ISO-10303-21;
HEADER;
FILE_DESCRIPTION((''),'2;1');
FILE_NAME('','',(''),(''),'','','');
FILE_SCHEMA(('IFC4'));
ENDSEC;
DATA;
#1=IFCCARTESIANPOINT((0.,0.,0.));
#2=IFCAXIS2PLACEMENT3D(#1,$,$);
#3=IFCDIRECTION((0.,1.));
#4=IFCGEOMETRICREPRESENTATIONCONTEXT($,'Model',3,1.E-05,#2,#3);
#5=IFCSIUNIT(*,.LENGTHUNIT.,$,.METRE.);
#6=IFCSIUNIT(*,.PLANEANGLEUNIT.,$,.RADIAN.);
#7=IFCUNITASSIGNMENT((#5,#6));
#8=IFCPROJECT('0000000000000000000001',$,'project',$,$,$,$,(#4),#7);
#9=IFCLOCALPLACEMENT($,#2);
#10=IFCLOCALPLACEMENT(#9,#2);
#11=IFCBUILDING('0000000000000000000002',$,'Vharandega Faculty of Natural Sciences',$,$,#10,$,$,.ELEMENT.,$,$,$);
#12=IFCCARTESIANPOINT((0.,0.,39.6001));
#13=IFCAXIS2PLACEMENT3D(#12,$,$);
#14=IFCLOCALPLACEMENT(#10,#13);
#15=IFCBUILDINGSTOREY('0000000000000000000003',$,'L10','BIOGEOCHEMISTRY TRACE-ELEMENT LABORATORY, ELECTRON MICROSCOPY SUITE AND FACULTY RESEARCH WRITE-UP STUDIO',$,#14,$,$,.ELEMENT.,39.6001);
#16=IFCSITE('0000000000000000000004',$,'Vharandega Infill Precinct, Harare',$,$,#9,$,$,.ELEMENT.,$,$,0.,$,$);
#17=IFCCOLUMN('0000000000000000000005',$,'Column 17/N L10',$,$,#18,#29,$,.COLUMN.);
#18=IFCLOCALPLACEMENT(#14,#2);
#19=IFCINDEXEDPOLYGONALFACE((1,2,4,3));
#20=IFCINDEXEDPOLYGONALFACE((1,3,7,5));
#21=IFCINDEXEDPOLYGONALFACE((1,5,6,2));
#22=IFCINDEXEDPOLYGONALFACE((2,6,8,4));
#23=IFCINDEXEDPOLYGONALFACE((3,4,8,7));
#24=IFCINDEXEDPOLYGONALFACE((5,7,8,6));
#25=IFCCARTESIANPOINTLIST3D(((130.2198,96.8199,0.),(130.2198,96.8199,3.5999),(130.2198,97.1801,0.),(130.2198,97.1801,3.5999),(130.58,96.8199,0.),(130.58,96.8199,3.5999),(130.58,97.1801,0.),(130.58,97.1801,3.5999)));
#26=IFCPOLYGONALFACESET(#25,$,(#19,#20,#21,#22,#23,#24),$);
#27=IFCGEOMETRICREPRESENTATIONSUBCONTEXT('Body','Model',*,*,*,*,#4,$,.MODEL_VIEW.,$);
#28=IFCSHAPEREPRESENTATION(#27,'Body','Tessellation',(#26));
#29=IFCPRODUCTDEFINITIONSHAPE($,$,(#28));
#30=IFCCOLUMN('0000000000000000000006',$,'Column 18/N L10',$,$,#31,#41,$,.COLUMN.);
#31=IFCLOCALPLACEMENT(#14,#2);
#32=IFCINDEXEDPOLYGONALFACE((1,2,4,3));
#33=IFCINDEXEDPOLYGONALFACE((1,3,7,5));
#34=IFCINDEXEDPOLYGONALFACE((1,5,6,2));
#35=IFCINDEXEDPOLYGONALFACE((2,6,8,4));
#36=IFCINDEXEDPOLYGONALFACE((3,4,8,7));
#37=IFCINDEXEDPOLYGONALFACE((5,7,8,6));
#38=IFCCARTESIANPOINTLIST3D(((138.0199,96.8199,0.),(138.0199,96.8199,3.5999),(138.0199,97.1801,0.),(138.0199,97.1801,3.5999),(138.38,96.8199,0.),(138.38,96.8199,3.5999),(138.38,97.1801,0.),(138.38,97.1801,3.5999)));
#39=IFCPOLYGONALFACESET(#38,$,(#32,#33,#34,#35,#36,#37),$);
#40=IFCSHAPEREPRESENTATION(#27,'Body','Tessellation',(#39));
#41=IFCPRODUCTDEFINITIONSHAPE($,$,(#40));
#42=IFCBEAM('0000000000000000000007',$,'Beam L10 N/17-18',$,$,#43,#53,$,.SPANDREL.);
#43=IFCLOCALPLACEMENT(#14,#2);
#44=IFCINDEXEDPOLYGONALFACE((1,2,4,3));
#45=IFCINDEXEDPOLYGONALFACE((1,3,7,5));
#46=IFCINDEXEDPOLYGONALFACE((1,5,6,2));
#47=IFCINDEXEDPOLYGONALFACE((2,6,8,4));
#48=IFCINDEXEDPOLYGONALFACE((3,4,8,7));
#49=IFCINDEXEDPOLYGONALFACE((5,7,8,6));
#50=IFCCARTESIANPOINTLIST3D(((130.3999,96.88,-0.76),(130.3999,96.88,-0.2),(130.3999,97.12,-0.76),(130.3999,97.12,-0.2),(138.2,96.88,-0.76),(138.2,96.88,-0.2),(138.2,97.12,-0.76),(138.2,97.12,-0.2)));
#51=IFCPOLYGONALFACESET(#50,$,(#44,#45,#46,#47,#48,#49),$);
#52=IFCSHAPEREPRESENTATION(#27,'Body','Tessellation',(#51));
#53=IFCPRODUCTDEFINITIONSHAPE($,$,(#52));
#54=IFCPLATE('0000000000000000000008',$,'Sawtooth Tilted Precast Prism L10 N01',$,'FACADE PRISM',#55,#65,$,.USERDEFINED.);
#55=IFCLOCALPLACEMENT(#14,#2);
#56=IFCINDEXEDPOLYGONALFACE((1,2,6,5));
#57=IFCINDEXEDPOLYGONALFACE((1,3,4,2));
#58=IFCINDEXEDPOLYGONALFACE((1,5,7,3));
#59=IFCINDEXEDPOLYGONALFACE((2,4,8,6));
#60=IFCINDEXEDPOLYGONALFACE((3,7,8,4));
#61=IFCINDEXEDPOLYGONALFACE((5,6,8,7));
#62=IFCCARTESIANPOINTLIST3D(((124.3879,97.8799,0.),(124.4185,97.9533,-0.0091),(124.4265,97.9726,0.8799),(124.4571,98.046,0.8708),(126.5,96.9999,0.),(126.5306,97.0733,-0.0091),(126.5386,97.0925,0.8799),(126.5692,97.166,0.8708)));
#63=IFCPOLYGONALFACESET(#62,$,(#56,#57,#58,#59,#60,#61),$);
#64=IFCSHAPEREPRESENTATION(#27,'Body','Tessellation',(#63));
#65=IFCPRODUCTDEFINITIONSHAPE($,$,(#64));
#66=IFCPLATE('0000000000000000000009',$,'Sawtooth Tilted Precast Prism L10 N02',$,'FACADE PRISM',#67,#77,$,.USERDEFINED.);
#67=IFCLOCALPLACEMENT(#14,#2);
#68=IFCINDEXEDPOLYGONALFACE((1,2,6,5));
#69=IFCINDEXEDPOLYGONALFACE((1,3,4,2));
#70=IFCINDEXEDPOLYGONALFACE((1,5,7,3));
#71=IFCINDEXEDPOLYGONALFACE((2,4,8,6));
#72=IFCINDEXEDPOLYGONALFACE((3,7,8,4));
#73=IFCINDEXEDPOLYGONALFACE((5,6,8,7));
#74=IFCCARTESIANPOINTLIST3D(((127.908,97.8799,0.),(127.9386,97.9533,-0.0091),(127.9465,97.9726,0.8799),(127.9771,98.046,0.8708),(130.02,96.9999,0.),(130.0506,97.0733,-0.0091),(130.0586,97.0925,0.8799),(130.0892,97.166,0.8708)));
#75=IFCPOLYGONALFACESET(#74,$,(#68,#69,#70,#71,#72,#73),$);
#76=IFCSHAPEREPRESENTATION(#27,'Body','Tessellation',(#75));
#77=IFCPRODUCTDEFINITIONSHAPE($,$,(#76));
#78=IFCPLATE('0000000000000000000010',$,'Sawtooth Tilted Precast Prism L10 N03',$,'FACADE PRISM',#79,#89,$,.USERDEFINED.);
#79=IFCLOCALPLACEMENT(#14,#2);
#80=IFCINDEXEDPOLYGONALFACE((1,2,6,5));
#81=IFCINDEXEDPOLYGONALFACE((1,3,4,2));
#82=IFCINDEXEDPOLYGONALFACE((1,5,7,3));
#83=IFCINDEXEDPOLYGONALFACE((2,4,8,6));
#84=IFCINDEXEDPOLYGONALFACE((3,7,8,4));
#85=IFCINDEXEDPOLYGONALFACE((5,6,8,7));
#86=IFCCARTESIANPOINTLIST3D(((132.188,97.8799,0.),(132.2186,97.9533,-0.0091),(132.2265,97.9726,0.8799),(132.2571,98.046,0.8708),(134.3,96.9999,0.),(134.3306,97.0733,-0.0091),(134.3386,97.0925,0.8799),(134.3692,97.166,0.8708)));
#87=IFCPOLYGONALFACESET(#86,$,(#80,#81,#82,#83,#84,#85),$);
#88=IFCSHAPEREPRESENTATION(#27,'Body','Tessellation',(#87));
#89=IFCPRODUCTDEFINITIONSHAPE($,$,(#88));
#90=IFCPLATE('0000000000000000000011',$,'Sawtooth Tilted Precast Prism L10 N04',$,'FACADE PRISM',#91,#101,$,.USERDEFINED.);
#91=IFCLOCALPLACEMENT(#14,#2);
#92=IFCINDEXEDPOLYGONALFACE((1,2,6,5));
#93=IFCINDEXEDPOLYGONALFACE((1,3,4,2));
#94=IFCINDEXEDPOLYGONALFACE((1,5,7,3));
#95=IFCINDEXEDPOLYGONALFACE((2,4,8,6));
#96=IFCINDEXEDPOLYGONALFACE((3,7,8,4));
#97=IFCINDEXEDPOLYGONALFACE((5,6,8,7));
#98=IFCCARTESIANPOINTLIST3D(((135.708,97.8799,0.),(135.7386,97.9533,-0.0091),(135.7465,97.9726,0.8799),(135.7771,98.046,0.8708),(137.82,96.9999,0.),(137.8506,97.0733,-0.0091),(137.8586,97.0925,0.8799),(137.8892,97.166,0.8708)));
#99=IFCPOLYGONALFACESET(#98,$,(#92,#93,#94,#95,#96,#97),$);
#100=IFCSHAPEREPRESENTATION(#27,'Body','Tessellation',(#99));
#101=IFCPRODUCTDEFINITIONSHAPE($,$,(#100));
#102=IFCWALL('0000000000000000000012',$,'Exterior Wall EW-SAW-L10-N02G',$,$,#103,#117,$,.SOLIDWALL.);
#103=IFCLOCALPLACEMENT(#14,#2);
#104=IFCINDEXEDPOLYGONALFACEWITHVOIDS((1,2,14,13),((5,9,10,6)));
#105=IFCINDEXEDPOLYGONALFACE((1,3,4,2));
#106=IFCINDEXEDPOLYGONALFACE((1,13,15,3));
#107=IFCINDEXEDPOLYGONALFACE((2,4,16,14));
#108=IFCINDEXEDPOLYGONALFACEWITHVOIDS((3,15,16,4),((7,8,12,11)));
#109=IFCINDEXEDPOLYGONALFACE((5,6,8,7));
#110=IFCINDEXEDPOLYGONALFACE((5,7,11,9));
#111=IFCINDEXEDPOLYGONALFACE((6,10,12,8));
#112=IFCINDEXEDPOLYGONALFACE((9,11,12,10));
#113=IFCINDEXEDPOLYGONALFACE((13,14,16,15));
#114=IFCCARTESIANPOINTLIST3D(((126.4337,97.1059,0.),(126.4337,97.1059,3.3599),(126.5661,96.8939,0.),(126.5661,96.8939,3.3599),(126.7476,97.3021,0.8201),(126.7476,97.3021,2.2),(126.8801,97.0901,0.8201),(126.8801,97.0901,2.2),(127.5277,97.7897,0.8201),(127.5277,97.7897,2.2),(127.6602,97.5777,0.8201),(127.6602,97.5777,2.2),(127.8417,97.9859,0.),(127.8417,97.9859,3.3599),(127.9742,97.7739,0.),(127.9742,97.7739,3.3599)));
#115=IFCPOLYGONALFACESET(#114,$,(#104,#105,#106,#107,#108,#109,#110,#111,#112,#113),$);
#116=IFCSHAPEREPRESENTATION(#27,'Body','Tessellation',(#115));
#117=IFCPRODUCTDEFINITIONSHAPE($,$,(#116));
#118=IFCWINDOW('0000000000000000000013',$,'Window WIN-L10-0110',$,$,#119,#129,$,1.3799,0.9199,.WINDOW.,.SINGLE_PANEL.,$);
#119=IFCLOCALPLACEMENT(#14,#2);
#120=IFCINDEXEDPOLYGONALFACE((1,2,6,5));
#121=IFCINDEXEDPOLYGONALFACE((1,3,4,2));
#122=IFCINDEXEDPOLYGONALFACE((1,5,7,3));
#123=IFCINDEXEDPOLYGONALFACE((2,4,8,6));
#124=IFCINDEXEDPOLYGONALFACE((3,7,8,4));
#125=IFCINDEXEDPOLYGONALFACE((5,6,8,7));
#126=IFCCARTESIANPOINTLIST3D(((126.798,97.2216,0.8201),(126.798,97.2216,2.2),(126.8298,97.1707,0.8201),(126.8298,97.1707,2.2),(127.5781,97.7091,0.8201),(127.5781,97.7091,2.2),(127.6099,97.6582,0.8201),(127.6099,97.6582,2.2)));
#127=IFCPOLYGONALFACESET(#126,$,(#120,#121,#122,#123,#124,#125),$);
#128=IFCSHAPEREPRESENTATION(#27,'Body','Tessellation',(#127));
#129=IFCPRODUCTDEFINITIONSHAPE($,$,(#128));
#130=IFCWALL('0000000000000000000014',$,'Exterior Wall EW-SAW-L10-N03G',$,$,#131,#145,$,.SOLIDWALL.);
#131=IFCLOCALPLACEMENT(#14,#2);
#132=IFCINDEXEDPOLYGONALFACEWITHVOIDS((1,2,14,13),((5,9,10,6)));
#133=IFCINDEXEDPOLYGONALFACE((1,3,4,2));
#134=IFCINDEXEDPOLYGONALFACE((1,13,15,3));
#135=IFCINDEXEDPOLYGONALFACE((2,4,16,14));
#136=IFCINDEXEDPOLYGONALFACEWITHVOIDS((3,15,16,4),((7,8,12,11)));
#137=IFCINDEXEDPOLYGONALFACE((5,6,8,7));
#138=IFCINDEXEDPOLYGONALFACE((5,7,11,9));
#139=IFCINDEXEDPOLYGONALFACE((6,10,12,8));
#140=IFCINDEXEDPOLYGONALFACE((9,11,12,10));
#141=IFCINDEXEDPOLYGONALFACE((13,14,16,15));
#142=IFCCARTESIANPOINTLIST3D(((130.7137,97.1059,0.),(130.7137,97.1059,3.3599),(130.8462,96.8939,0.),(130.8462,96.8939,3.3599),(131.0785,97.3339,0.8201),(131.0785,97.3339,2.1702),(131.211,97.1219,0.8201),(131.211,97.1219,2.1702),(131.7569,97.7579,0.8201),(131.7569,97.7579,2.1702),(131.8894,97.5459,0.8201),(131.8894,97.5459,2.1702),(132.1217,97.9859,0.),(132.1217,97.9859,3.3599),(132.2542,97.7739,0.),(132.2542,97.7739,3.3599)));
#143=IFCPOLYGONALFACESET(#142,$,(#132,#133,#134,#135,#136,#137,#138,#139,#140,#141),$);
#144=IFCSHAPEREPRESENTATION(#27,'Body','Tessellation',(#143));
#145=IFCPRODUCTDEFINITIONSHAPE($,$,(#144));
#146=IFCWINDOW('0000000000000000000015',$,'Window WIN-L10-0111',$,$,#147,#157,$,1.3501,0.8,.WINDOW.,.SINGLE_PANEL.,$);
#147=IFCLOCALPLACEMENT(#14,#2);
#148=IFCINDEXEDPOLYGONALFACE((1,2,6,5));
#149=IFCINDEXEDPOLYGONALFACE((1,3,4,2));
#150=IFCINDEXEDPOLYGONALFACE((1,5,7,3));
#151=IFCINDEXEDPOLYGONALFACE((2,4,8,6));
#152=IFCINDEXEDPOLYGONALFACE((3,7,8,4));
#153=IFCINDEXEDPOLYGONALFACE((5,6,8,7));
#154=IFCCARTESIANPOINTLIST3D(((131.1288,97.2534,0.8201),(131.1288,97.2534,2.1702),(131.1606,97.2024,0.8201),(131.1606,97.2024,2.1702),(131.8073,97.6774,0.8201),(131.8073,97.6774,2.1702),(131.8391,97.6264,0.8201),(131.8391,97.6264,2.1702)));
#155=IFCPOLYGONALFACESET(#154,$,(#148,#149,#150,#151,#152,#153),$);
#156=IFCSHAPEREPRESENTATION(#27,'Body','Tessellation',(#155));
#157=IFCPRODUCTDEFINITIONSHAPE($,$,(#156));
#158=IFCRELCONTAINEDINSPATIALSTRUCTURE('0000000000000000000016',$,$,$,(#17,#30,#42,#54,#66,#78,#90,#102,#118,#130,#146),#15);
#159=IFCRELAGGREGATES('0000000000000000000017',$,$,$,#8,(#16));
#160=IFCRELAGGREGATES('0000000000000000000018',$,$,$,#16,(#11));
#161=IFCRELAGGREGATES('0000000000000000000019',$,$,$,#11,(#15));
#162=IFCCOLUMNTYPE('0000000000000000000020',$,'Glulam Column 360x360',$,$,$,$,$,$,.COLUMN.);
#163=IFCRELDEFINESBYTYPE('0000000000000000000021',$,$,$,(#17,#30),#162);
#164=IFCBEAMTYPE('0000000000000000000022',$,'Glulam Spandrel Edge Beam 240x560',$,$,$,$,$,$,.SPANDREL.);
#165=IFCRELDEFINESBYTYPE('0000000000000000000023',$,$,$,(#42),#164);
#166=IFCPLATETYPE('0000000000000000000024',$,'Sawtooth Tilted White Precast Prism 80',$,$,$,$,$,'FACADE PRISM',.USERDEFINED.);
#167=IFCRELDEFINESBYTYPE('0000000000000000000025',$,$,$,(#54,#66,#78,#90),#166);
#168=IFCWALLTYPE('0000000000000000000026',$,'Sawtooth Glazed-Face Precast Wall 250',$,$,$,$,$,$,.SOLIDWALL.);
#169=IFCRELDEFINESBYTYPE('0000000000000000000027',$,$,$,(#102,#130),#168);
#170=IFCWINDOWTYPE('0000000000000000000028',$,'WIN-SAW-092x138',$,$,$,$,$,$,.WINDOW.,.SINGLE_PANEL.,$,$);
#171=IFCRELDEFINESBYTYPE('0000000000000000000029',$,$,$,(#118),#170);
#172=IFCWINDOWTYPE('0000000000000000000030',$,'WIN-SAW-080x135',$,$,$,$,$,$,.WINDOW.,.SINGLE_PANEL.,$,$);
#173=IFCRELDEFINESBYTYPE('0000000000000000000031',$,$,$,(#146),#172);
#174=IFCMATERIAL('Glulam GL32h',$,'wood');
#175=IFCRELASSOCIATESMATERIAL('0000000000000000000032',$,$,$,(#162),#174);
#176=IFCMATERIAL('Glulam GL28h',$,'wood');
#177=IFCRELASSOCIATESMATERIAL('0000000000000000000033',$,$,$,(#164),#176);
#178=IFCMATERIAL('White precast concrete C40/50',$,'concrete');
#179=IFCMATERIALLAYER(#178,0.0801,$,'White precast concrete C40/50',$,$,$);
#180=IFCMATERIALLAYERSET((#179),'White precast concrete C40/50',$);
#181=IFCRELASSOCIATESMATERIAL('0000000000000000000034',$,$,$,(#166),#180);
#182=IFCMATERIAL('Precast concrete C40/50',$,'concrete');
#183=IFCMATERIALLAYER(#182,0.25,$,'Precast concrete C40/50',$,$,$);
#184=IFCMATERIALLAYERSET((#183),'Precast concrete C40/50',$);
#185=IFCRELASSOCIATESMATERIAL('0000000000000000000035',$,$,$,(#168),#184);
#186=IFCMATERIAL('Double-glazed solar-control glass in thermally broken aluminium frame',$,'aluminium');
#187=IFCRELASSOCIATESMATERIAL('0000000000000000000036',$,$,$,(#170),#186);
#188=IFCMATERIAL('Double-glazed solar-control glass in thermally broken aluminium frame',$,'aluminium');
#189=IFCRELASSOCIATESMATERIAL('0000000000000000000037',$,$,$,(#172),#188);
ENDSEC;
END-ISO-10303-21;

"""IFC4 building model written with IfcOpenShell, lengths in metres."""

from ifc_helpers import new_model, si_unit, direction, frame, frame_2d, origin, origin_2d, place, context, subcontext, project, spatial, polyline, rectangle, outline, extrude, material, layer, layer_set, material_profile, profile_set, type_object, element, fill, save


model = new_model("IFC4")

# Units and contexts
model_context = context("Model", 3, precision=1e-05, world=origin(), true_north=direction((0.0, 1.0)))
body_context = subcontext(model_context, "Body", "Model", "MODEL_VIEW")
ifc_project = project(units=[si_unit("LENGTHUNIT", "METRE"), si_unit("PLANEANGLEUNIT", "RADIAN")], contexts=[model_context])

# Site, building, storey
site_placement = place(None, origin())
site = spatial("IfcSite", under=ifc_project, at=site_placement, Name="Vharandega Infill Precinct, Harare", CompositionType="ELEMENT", RefElevation=0.0)
building_placement = place(site_placement, origin())
building = spatial("IfcBuilding", under=site, at=building_placement, Name="Vharandega Faculty of Natural Sciences", CompositionType="ELEMENT")
storey_placement = place(building_placement, frame((0.0, 0.0, 39.6001)))
storey = spatial("IfcBuildingStorey", under=building, at=storey_placement, Name="L10", Description="BIOGEOCHEMISTRY TRACE-ELEMENT LABORATORY, ELECTRON MICROSCOPY SUITE AND FACULTY RESEARCH WRITE-UP STUDIO", CompositionType="ELEMENT", Elevation=39.6001)

# Columns
ifc_material_1 = material(Name="Glulam GL32h", Category="wood")
ifc_material_profile_1 = material_profile(ifc_material_1, rectangle(XDim=0.3601, YDim=0.3601, at=origin_2d()), Name="GL32h 360x360")
ifc_profile_set_1 = profile_set([ifc_material_profile_1], Name="Glulam GL32h")
column_type = type_object("IfcColumnType", Name="Glulam Column 360x360", PredefinedType="COLUMN", material=ifc_profile_set_1)
for number, where, z_axis, x_axis, name in (
    (1, (130.3999, 97.0, 0.0), (0.0, 0.0, 1.0), (1.0, 0.0, 0.0), "Column 17/N L10"),
    (2, (138.2, 97.0, 0.0), (0.0, 0.0, 1.0), (1.0, 0.0, 0.0), "Column 18/N L10"),
):
    element("IfcColumn", number, at=place(storey_placement, frame(where, z_axis=z_axis, x_axis=x_axis)), inside=storey, type_object=column_type, Name=name, PredefinedType="COLUMN", context=body_context, shape_type="SweptSolid", body=[
        extrude(rectangle(XDim=0.3601, YDim=0.3601, at=origin_2d()), origin(), (0.0, 0.0, 1.0), 3.5999),
    ])

# Beam
ifc_material_2 = material(Name="Glulam GL28h", Category="wood")
ifc_material_profile_2 = material_profile(ifc_material_2, rectangle(XDim=0.24, YDim=0.5601, at=origin_2d()), Name="GL28h 240x560")
ifc_profile_set_2 = profile_set([ifc_material_profile_2], Name="Glulam GL28h")
beam_type = type_object("IfcBeamType", Name="Glulam Spandrel Edge Beam 240x560", PredefinedType="SPANDREL", material=ifc_profile_set_2)
beam_placement = place(storey_placement, frame((130.3999, 97.0, -0.48), z_axis=(1.0, 0.0, 0.0), x_axis=(0.0, 1.0, 0.0)))
element("IfcBeam", 3, at=beam_placement, inside=storey, type_object=beam_type, Name="Beam L10 N/17-18", PredefinedType="SPANDREL", context=body_context, shape_type="SweptSolid", body=[
    extrude(rectangle(XDim=0.24, YDim=0.5601, at=origin_2d()), origin(), (0.0, 0.0, 1.0), 7.8),
])

# Plates
ifc_material_3 = material(Name="White precast concrete C40/50", Category="concrete")
ifc_layer_1 = layer(ifc_material_3, 0.0801, Name="White precast concrete C40/50")
ifc_layer_set_1 = layer_set([ifc_layer_1], Name="White precast concrete C40/50")
plate_type = type_object("IfcPlateType", Name="Sawtooth Tilted White Precast Prism 80", ElementType="FACADE PRISM", PredefinedType="USERDEFINED", material=ifc_layer_set_1)
for number, where, z_axis, x_axis, name in (
    (4, (124.3879, 97.8799, 0.0), (-0.38213, -0.917133, 0.113326), (0.043509, 0.104642, 0.993558), "Sawtooth Tilted Precast Prism L10 N01"),
    (5, (127.908, 97.8799, 0.0), (-0.38213, -0.917133, 0.113326), (0.043509, 0.104642, 0.993558), "Sawtooth Tilted Precast Prism L10 N02"),
    (6, (132.188, 97.8799, 0.0), (-0.38213, -0.917133, 0.113326), (0.043509, 0.104642, 0.993558), "Sawtooth Tilted Precast Prism L10 N03"),
    (7, (135.708, 97.8799, 0.0), (-0.38213, -0.917133, 0.113326), (0.043509, 0.104642, 0.993558), "Sawtooth Tilted Precast Prism L10 N04"),
):
    element("IfcPlate", number, at=place(storey_placement, frame(where, z_axis=z_axis, x_axis=x_axis)), inside=storey, type_object=plate_type, Name=name, ObjectType="FACADE PRISM", PredefinedType="USERDEFINED", context=body_context, shape_type="SweptSolid", body=[
        extrude(outline(polyline([(0.0, 0.0), (0.8856, 0.0), (0.8854, -2.2881), (-0.0002, -2.288), (0.0, 0.0)])), origin(), (0.0, 0.0, -1.0), 0.0801),
    ])

# Walls, openings, windows
ifc_material_4 = material(Name="Precast concrete C40/50", Category="concrete")
ifc_layer_2 = layer(ifc_material_4, 0.25, Name="Precast concrete C40/50")
ifc_layer_set_2 = layer_set([ifc_layer_2], Name="Precast concrete C40/50")
wall_type_1 = type_object("IfcWallType", Name="Sawtooth Glazed-Face Precast Wall 250", PredefinedType="SOLIDWALL", material=ifc_layer_set_2)
wall_1_placement = place(storey_placement, frame((126.5, 97.0, 0.0), z_axis=(0.0, 0.0, 1.0), x_axis=(0.848023, 0.529959, 0.0)))
wall_1 = element("IfcWall", 8, at=wall_1_placement, inside=storey, type_object=wall_type_1, Name="Exterior Wall EW-SAW-L10-N02G", PredefinedType="SOLIDWALL", context=body_context, shape_type="SweptSolid", body=[
    extrude(rectangle(XDim=1.6604, YDim=0.25, at=frame_2d((0.8301, 0.0))), origin(), (0.0, 0.0, 1.0), 3.3599),
])
opening_1_placement = place(wall_1_placement, frame((0.3701, 0.0, 0.8201)))
opening_1 = element("IfcOpeningElement", 9, at=opening_1_placement, cuts=wall_1, PredefinedType="OPENING", context=body_context, shape_type="SweptSolid", body=[
    extrude(rectangle(XDim=0.9199, YDim=1.3799, at=frame_2d((0.46, 0.6899))), frame((0.0, 0.135, 0.0), z_axis=(0.0, -1.0, 0.0), x_axis=(1.0, 0.0, 0.0)), (0.0, 0.0, 1.0), 0.27),
])
ifc_material_5 = material(Name="Double-glazed solar-control glass in thermally broken aluminium frame", Category="aluminium")
window_type_1 = type_object("IfcWindowType", Name="WIN-SAW-092x138", PartitioningType="SINGLE_PANEL", PredefinedType="WINDOW", material=ifc_material_5)
window_1_placement = place(opening_1_placement, origin())
window_1 = element("IfcWindow", 10, at=window_1_placement, inside=storey, type_object=window_type_1, Name="Window WIN-L10-0110", OverallHeight=1.3799, OverallWidth=0.9199, PartitioningType="SINGLE_PANEL", PredefinedType="WINDOW", context=body_context, shape_type="SweptSolid", body=[
    extrude(rectangle(XDim=0.9199, YDim=1.3799, at=frame_2d((0.46, 0.6899))), frame((0.0, 0.03, 0.0), z_axis=(0.0, -1.0, 0.0), x_axis=(1.0, 0.0, 0.0)), (0.0, 0.0, 1.0), 0.0601),
])
fill(opening_1, window_1)
wall_2_placement = place(storey_placement, frame((130.78, 97.0, 0.0), z_axis=(0.0, 0.0, 1.0), x_axis=(0.848023, 0.529959, 0.0)))
wall_2 = element("IfcWall", 11, at=wall_2_placement, inside=storey, type_object=wall_type_1, Name="Exterior Wall EW-SAW-L10-N03G", PredefinedType="SOLIDWALL", context=body_context, shape_type="SweptSolid", body=[
    extrude(rectangle(XDim=1.6604, YDim=0.25, at=frame_2d((0.8301, 0.0))), origin(), (0.0, 0.0, 1.0), 3.3599),
])
opening_2_placement = place(wall_2_placement, frame((0.4302, 0.0, 0.8201)))
opening_2 = element("IfcOpeningElement", 12, at=opening_2_placement, cuts=wall_2, PredefinedType="OPENING", context=body_context, shape_type="SweptSolid", body=[
    extrude(rectangle(XDim=0.8, YDim=1.3501, at=frame_2d((0.3999, 0.675))), frame((0.0, 0.135, 0.0), z_axis=(0.0, -1.0, 0.0), x_axis=(1.0, 0.0, 0.0)), (0.0, 0.0, 1.0), 0.27),
])
ifc_material_6 = material(Name="Double-glazed solar-control glass in thermally broken aluminium frame", Category="aluminium")
window_type_2 = type_object("IfcWindowType", Name="WIN-SAW-080x135", PartitioningType="SINGLE_PANEL", PredefinedType="WINDOW", material=ifc_material_6)
window_2_placement = place(opening_2_placement, origin())
window_2 = element("IfcWindow", 13, at=window_2_placement, inside=storey, type_object=window_type_2, Name="Window WIN-L10-0111", OverallHeight=1.3501, OverallWidth=0.8, PartitioningType="SINGLE_PANEL", PredefinedType="WINDOW", context=body_context, shape_type="SweptSolid", body=[
    extrude(rectangle(XDim=0.8, YDim=1.3501, at=frame_2d((0.3999, 0.675))), frame((0.0, 0.03, 0.0), z_axis=(0.0, -1.0, 0.0), x_axis=(1.0, 0.0, 0.0)), (0.0, 0.0, 1.0), 0.0601),
])
fill(opening_2, window_2)

save(model, "model.ifc")
